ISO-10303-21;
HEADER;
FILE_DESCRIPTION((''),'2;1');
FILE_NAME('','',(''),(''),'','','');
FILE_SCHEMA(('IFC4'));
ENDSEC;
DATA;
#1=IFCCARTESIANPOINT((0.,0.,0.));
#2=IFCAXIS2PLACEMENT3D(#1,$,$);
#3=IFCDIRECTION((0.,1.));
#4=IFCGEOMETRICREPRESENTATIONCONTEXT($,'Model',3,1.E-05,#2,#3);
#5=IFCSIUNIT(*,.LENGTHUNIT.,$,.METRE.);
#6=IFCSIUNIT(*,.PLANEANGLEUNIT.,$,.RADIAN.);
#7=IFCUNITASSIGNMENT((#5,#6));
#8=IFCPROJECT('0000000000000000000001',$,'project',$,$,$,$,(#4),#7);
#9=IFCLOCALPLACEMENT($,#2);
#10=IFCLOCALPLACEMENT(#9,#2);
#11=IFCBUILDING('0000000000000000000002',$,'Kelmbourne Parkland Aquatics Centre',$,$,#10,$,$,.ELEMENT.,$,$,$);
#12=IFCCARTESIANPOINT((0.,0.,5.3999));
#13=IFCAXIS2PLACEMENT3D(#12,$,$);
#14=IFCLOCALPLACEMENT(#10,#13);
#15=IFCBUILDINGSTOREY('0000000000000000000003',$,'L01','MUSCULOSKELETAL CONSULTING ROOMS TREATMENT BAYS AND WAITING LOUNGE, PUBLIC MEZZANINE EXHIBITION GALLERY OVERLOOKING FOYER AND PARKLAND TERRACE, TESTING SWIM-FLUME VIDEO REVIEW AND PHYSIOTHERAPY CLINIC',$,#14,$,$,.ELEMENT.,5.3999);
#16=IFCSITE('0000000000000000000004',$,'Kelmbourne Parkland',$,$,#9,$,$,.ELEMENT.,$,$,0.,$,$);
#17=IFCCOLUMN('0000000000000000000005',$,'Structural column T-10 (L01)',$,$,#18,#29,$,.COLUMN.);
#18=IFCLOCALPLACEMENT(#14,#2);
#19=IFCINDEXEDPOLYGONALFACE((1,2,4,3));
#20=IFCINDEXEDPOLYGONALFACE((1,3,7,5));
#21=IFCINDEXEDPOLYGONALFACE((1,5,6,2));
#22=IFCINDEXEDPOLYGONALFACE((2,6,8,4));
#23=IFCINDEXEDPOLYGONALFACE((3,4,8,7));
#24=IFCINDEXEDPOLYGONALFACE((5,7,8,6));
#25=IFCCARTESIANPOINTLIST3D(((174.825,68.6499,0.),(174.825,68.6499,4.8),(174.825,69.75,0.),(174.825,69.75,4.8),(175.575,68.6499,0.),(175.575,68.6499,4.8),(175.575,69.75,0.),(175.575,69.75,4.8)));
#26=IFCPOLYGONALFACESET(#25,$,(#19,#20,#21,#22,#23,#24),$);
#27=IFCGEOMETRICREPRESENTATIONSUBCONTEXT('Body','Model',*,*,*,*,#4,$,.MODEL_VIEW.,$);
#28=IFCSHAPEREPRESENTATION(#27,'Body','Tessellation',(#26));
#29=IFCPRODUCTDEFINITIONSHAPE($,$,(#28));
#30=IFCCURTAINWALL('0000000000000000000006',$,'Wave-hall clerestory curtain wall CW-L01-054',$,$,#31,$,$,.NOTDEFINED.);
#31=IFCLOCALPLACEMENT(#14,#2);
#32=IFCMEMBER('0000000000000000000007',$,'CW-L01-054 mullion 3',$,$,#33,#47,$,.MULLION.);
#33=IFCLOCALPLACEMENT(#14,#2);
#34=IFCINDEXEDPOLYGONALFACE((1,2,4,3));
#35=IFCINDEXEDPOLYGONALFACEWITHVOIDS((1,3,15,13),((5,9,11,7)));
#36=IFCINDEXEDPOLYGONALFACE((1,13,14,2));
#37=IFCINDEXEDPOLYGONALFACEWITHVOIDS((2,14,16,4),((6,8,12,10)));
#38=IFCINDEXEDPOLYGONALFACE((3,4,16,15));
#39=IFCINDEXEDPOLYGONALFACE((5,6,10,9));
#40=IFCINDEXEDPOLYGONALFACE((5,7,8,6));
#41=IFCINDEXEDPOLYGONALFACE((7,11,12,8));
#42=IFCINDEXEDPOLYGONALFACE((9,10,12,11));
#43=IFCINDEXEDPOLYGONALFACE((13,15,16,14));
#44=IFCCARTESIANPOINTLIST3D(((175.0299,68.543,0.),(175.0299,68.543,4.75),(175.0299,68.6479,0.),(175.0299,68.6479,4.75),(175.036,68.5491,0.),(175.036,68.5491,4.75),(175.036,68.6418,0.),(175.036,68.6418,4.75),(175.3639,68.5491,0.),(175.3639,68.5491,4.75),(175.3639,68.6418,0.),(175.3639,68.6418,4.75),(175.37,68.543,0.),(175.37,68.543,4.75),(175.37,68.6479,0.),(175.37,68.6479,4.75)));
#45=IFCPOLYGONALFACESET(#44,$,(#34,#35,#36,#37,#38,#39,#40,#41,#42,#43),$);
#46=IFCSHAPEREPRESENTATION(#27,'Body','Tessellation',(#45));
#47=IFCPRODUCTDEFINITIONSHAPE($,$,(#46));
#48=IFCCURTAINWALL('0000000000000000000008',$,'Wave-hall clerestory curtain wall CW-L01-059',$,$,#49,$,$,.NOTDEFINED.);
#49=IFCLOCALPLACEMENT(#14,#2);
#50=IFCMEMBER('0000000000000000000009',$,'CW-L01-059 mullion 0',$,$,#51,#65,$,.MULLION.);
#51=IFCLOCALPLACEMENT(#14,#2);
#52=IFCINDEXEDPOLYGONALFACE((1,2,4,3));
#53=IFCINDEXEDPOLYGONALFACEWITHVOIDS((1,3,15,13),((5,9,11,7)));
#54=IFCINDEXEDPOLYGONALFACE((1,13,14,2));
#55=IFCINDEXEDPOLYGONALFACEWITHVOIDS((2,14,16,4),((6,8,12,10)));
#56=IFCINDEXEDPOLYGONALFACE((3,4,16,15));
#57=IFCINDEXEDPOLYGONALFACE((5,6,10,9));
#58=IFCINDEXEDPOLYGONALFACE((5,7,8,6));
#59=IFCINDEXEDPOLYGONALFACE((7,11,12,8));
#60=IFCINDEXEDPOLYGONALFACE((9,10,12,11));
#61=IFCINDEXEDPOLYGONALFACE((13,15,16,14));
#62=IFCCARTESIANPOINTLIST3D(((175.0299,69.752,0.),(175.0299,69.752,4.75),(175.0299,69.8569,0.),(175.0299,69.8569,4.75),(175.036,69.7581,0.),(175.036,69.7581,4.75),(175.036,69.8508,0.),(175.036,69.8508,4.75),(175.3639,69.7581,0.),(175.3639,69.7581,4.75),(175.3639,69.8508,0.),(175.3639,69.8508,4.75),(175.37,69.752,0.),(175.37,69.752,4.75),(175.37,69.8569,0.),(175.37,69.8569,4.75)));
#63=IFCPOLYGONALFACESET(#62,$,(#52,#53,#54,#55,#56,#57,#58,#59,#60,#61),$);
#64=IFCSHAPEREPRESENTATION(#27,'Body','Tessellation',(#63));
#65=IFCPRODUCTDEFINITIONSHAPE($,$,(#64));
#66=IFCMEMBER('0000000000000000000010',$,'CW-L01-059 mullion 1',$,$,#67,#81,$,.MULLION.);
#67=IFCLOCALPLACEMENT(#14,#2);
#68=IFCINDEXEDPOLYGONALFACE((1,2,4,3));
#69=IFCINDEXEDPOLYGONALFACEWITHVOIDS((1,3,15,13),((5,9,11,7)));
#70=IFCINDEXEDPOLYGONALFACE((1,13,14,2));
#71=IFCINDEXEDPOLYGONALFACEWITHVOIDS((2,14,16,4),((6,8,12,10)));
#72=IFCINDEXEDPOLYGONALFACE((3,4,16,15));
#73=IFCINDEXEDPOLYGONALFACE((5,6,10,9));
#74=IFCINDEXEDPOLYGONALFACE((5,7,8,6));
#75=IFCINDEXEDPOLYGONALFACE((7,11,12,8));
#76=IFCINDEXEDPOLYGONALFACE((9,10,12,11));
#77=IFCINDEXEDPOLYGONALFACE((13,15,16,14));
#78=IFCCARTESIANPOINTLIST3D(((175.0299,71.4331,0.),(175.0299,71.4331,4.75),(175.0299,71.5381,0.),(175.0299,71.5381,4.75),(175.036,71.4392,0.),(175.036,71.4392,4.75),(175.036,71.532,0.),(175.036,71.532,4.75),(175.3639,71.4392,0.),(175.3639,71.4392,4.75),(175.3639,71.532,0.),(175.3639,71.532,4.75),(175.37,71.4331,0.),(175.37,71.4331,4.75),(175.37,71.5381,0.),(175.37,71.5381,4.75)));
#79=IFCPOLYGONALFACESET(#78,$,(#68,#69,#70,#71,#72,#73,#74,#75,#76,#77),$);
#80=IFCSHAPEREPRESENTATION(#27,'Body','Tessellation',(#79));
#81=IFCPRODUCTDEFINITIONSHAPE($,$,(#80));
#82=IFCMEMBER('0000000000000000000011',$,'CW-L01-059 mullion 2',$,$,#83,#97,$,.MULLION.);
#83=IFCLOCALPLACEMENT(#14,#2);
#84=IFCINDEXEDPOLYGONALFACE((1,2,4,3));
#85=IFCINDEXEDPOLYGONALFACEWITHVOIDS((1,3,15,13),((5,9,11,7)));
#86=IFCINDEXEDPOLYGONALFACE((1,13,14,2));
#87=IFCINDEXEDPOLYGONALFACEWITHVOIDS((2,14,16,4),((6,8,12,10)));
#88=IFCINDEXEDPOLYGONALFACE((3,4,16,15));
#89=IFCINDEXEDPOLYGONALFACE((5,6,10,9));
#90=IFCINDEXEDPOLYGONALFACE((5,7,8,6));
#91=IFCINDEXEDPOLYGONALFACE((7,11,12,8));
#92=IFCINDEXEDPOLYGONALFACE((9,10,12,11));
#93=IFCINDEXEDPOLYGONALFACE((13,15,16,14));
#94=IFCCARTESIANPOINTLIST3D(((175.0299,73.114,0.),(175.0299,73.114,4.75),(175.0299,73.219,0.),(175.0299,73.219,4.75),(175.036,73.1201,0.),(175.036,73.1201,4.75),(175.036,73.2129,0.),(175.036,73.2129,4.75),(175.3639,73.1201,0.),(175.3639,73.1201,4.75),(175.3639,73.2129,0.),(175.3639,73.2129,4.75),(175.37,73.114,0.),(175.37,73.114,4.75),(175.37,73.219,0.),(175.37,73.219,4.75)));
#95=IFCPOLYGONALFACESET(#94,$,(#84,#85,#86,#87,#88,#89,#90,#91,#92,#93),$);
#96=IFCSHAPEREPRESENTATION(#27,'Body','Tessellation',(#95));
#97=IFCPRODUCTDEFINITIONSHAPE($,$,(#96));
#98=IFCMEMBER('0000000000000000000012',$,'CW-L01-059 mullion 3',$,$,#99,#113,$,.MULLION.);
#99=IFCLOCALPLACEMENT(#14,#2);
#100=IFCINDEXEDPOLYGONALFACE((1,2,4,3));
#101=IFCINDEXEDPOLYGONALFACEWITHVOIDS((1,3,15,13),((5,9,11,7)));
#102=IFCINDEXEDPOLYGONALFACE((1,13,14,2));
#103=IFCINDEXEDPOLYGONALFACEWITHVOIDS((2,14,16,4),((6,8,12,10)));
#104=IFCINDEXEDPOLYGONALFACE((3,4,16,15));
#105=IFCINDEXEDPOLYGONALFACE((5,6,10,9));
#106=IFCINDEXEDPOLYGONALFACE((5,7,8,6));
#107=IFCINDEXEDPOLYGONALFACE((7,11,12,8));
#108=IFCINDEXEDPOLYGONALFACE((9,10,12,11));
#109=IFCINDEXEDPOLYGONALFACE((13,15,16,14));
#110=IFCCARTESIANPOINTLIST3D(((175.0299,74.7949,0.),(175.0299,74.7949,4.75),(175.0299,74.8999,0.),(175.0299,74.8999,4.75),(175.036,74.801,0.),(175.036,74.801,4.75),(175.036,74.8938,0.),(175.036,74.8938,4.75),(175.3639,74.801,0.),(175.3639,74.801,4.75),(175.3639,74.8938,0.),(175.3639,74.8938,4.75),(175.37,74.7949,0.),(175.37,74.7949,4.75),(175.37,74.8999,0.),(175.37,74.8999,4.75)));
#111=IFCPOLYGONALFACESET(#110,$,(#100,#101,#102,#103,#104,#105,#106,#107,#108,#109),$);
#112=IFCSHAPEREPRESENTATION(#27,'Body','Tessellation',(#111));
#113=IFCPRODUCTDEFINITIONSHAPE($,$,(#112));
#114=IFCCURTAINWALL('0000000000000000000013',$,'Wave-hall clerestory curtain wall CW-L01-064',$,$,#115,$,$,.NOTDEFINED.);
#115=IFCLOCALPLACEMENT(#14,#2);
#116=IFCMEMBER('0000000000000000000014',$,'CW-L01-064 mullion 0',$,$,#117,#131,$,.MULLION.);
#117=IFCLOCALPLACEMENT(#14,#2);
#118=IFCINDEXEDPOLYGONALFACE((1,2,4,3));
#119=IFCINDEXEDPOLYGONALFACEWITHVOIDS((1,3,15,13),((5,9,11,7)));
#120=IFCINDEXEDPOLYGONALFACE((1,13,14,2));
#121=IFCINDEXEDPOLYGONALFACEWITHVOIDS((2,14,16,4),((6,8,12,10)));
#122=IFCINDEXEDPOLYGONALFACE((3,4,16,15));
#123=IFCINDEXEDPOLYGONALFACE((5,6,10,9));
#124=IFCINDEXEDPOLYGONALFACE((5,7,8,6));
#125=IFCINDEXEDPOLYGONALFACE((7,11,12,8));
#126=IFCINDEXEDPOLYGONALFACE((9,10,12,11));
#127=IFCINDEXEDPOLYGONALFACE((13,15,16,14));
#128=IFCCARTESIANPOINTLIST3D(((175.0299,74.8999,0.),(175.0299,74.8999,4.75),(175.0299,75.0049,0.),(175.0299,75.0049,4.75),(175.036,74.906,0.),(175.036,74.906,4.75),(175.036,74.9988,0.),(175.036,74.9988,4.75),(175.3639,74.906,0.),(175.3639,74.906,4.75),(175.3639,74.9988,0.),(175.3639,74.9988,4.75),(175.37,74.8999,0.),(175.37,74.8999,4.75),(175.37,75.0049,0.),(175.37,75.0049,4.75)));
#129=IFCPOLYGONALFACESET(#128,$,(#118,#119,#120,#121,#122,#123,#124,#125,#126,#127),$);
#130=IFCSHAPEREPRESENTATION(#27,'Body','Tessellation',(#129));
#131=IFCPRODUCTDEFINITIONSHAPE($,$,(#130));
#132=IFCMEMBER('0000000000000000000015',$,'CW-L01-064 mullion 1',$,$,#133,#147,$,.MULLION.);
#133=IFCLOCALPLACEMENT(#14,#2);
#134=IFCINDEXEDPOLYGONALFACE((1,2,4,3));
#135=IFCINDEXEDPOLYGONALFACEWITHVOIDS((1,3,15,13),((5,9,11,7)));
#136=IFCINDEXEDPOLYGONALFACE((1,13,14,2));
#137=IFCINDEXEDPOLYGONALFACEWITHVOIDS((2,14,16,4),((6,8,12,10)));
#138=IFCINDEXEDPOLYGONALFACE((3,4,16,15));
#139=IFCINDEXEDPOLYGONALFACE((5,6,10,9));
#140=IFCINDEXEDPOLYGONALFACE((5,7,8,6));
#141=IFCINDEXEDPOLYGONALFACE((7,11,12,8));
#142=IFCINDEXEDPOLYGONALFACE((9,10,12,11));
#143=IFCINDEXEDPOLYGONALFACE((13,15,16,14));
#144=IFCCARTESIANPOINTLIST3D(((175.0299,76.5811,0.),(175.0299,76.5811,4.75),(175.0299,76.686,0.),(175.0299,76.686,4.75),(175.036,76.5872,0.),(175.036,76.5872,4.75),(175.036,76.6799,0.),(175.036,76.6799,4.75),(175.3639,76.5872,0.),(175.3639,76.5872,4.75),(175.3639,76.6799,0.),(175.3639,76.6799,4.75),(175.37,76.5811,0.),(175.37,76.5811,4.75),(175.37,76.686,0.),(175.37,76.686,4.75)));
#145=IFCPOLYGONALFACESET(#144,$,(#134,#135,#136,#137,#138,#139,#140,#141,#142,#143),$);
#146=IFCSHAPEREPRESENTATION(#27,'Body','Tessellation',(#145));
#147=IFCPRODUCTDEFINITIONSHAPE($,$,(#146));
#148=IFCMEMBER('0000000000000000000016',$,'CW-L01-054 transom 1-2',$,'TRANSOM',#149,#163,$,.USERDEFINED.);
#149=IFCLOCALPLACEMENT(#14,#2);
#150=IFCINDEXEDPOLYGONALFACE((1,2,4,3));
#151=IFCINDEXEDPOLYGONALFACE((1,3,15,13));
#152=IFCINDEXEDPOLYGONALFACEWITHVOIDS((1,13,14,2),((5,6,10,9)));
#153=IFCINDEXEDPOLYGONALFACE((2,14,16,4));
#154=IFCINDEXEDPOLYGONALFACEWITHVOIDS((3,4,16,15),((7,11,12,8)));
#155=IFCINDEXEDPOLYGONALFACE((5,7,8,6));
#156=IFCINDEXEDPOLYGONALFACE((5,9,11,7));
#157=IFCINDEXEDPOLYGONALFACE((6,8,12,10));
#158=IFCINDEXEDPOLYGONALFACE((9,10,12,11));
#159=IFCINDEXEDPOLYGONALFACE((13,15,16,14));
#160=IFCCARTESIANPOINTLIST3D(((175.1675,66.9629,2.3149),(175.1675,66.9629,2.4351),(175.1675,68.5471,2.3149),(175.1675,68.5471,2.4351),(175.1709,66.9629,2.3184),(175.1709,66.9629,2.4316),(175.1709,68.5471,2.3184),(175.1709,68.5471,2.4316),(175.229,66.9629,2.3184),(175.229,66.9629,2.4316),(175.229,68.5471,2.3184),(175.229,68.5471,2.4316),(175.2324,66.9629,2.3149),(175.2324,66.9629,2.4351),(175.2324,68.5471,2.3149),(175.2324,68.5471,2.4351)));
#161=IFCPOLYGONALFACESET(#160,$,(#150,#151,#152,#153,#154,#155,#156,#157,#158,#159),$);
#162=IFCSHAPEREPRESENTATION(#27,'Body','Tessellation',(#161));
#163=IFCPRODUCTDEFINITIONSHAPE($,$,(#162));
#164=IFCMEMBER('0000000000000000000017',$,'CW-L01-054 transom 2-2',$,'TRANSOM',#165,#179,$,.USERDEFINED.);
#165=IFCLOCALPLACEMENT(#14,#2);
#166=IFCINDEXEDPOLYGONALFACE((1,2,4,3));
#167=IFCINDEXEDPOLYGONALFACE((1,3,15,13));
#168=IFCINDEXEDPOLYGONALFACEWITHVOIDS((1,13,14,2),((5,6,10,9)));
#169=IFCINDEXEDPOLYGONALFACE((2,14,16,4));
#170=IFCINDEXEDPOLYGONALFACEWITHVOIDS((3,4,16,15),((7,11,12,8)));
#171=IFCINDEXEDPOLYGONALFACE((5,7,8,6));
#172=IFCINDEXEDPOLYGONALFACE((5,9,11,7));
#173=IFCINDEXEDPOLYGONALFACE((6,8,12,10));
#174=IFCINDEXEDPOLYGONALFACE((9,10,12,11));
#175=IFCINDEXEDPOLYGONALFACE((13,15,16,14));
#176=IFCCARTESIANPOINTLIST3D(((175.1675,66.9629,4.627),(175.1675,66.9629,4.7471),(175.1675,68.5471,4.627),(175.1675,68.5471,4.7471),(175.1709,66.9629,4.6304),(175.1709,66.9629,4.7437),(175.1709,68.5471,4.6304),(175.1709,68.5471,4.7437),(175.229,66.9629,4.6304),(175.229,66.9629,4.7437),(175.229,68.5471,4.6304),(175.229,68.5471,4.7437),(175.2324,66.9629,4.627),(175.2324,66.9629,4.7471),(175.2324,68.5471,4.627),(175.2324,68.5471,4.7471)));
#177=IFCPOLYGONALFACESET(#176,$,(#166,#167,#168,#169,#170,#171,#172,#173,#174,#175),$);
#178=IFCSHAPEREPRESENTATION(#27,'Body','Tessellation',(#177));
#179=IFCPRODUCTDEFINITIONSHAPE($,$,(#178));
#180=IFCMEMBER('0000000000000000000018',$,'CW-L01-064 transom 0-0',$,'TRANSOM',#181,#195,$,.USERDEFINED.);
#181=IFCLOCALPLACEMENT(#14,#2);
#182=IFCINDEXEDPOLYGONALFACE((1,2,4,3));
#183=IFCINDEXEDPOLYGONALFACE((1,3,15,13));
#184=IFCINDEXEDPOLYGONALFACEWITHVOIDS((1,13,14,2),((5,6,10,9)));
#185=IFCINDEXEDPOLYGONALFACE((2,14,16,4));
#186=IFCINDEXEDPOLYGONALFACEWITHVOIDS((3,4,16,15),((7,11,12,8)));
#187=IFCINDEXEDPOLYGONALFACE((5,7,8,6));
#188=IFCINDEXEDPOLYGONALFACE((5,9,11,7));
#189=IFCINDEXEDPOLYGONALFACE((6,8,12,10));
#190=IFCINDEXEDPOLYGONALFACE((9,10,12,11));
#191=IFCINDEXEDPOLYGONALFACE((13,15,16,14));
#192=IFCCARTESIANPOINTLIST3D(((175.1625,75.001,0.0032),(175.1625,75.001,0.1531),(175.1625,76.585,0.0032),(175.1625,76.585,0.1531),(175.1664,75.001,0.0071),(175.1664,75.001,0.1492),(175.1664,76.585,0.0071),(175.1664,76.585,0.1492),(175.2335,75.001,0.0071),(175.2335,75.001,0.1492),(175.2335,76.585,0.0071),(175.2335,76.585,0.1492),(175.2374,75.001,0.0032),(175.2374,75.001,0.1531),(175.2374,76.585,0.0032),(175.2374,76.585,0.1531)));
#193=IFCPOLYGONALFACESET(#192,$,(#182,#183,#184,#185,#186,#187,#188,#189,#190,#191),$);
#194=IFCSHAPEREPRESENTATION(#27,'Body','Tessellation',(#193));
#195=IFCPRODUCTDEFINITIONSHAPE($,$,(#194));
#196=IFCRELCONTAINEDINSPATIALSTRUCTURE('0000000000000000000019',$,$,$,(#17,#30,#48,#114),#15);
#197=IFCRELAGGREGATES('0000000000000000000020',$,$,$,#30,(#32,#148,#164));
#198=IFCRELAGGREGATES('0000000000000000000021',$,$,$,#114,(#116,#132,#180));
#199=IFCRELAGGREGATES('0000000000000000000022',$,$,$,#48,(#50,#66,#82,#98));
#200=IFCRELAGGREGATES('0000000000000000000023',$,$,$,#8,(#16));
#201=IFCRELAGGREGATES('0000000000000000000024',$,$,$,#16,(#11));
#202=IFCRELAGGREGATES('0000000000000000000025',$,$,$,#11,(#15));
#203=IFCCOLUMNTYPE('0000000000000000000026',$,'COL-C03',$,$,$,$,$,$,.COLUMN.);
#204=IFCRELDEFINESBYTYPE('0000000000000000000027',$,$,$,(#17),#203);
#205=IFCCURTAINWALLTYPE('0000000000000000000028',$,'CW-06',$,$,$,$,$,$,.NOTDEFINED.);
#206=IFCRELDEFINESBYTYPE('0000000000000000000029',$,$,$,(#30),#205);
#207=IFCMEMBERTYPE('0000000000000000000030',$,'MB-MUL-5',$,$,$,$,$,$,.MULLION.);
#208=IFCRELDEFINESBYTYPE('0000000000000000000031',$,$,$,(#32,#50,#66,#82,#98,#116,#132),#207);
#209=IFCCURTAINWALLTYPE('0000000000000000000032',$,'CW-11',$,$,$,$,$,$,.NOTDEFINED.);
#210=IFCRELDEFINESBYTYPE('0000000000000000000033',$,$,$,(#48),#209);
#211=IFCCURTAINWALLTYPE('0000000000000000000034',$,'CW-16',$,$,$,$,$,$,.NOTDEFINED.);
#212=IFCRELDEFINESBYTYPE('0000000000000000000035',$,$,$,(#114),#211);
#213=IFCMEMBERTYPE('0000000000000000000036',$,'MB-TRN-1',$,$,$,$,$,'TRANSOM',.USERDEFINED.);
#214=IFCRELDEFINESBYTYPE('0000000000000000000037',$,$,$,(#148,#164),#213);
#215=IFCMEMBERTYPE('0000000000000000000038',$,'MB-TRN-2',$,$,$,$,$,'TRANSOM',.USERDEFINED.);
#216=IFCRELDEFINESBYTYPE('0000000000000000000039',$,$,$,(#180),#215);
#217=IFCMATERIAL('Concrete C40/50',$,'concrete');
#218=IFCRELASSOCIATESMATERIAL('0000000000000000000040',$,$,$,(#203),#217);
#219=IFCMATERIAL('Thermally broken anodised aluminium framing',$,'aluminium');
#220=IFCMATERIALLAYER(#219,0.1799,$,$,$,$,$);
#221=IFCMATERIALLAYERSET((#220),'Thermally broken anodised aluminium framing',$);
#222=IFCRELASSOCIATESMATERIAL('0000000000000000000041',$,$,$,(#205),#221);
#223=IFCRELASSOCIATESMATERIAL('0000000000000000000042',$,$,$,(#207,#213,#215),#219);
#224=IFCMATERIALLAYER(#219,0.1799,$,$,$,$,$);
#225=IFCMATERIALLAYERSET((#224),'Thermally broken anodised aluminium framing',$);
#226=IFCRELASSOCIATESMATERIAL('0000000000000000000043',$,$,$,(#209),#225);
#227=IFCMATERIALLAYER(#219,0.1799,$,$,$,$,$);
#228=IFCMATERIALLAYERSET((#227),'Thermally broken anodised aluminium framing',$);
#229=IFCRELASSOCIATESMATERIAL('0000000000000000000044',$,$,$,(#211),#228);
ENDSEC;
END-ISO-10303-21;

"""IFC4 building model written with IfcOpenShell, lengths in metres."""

from ifc_helpers import new_model, si_unit, direction, frame, origin, origin_2d, place, context, subcontext, project, spatial, rectangle, hollow_rectangle, extrude, material, layer, layer_set, material_profile, profile_set, type_object, element, aggregate, save


model = new_model("IFC4")

# Units and contexts
model_context = context("Model", 3, precision=1e-05, world=origin(), true_north=direction((0.0, 1.0)))
body_context = subcontext(model_context, "Body", "Model", "MODEL_VIEW")
ifc_project = project(units=[si_unit("LENGTHUNIT", "METRE"), si_unit("PLANEANGLEUNIT", "RADIAN")], contexts=[model_context])

# Site, building, storey
site_placement = place(None, origin())
site = spatial("IfcSite", under=ifc_project, at=site_placement, Name="Kelmbourne Parkland", CompositionType="ELEMENT", RefElevation=0.0)
building_placement = place(site_placement, origin())
building = spatial("IfcBuilding", under=site, at=building_placement, Name="Kelmbourne Parkland Aquatics Centre", CompositionType="ELEMENT")
storey_placement = place(building_placement, frame((0.0, 0.0, 5.3999)))
storey = spatial("IfcBuildingStorey", under=building, at=storey_placement, Name="L01", Description="MUSCULOSKELETAL CONSULTING ROOMS TREATMENT BAYS AND WAITING LOUNGE, PUBLIC MEZZANINE EXHIBITION GALLERY OVERLOOKING FOYER AND PARKLAND TERRACE, TESTING SWIM-FLUME VIDEO REVIEW AND PHYSIOTHERAPY CLINIC", CompositionType="ELEMENT", Elevation=5.3999)

# Column
ifc_material_1 = material(Name="Concrete C40/50", Category="concrete")
ifc_material_profile_1 = material_profile(ifc_material_1, rectangle(XDim=0.75, YDim=1.1001, at=origin_2d()), Name="RC 750x1100")
ifc_profile_set_1 = profile_set([ifc_material_profile_1], Name="Concrete C40/50")
column_type = type_object("IfcColumnType", Name="COL-C03", PredefinedType="COLUMN", material=ifc_profile_set_1)
column_placement = place(storey_placement, frame((175.2, 69.2, 0.0), z_axis=(0.0, 0.0, 1.0), x_axis=(1.0, 0.0, 0.0)))
element("IfcColumn", 1, at=column_placement, inside=storey, type_object=column_type, Name="Structural column T-10 (L01)", PredefinedType="COLUMN", context=body_context, shape_type="SweptSolid", body=[
    extrude(rectangle(XDim=0.75, YDim=1.1001, at=origin_2d()), origin(), (0.0, 0.0, 1.0), 4.8),
])

# Curtain wall, member
ifc_material_2 = material(Name="Thermally broken anodised aluminium framing", Category="aluminium")
ifc_layer_1 = layer(ifc_material_2, 0.1799)
ifc_layer_set_1 = layer_set([ifc_layer_1], Name="Thermally broken anodised aluminium framing")
curtain_wall_type_1 = type_object("IfcCurtainWallType", Name="CW-06", PredefinedType="NOTDEFINED", material=ifc_layer_set_1)
curtain_wall_1_placement = place(storey_placement, origin())
curtain_wall_1 = element("IfcCurtainWall", 2, at=curtain_wall_1_placement, inside=storey, type_object=curtain_wall_type_1, Name="Wave-hall clerestory curtain wall CW-L01-054", PredefinedType="NOTDEFINED")
ifc_material_profile_2 = material_profile(ifc_material_2, hollow_rectangle(XDim=0.105, YDim=0.3401, WallThickness=0.0061, at=origin_2d()), Name="CW-M 105x340")
ifc_profile_set_2 = profile_set([ifc_material_profile_2], Name="Thermally broken anodised aluminium framing")
member_type_1 = type_object("IfcMemberType", Name="MB-MUL-5", PredefinedType="MULLION", material=ifc_profile_set_2)
member_1_placement = place(storey_placement, frame((175.2, 68.5955, 0.0), z_axis=(0.0, 0.0, 1.0), x_axis=(0.0, 1.0, 0.0)))
member_1 = element("IfcMember", 3, at=member_1_placement, type_object=member_type_1, Name="CW-L01-054 mullion 3", PredefinedType="MULLION", context=body_context, shape_type="SweptSolid", body=[
    extrude(hollow_rectangle(XDim=0.105, YDim=0.3401, WallThickness=0.0061, at=origin_2d()), origin(), (0.0, 0.0, 1.0), 4.75),
])

# Curtain walls, members
ifc_layer_2 = layer(ifc_material_2, 0.1799)
ifc_layer_set_2 = layer_set([ifc_layer_2], Name="Thermally broken anodised aluminium framing")
curtain_wall_type_2 = type_object("IfcCurtainWallType", Name="CW-11", PredefinedType="NOTDEFINED", material=ifc_layer_set_2)
curtain_wall_2_placement = place(storey_placement, origin())
curtain_wall_2 = element("IfcCurtainWall", 4, at=curtain_wall_2_placement, inside=storey, type_object=curtain_wall_type_2, Name="Wave-hall clerestory curtain wall CW-L01-059", PredefinedType="NOTDEFINED")
member_2_placement = place(storey_placement, frame((175.2, 69.8044, 0.0), z_axis=(0.0, 0.0, 1.0), x_axis=(0.0, 1.0, 0.0)))
member_2 = element("IfcMember", 5, at=member_2_placement, type_object=member_type_1, Name="CW-L01-059 mullion 0", PredefinedType="MULLION", context=body_context, shape_type="SweptSolid", body=[
    extrude(hollow_rectangle(XDim=0.105, YDim=0.3401, WallThickness=0.0061, at=origin_2d()), origin(), (0.0, 0.0, 1.0), 4.75),
])
member_3_placement = place(storey_placement, frame((175.2, 71.4856, 0.0), z_axis=(0.0, 0.0, 1.0), x_axis=(0.0, 1.0, 0.0)))
member_3 = element("IfcMember", 6, at=member_3_placement, type_object=member_type_1, Name="CW-L01-059 mullion 1", PredefinedType="MULLION", context=body_context, shape_type="SweptSolid", body=[
    extrude(hollow_rectangle(XDim=0.105, YDim=0.3401, WallThickness=0.0061, at=origin_2d()), origin(), (0.0, 0.0, 1.0), 4.75),
])
member_4_placement = place(storey_placement, frame((175.2, 73.1665, 0.0), z_axis=(0.0, 0.0, 1.0), x_axis=(0.0, 1.0, 0.0)))
member_4 = element("IfcMember", 7, at=member_4_placement, type_object=member_type_1, Name="CW-L01-059 mullion 2", PredefinedType="MULLION", context=body_context, shape_type="SweptSolid", body=[
    extrude(hollow_rectangle(XDim=0.105, YDim=0.3401, WallThickness=0.0061, at=origin_2d()), origin(), (0.0, 0.0, 1.0), 4.75),
])
member_5_placement = place(storey_placement, frame((175.2, 74.8474, 0.0), z_axis=(0.0, 0.0, 1.0), x_axis=(0.0, 1.0, 0.0)))
member_5 = element("IfcMember", 8, at=member_5_placement, type_object=member_type_1, Name="CW-L01-059 mullion 3", PredefinedType="MULLION", context=body_context, shape_type="SweptSolid", body=[
    extrude(hollow_rectangle(XDim=0.105, YDim=0.3401, WallThickness=0.0061, at=origin_2d()), origin(), (0.0, 0.0, 1.0), 4.75),
])
ifc_layer_3 = layer(ifc_material_2, 0.1799)
ifc_layer_set_3 = layer_set([ifc_layer_3], Name="Thermally broken anodised aluminium framing")
curtain_wall_type_3 = type_object("IfcCurtainWallType", Name="CW-16", PredefinedType="NOTDEFINED", material=ifc_layer_set_3)
curtain_wall_3_placement = place(storey_placement, origin())
curtain_wall_3 = element("IfcCurtainWall", 9, at=curtain_wall_3_placement, inside=storey, type_object=curtain_wall_type_3, Name="Wave-hall clerestory curtain wall CW-L01-064", PredefinedType="NOTDEFINED")
member_6_placement = place(storey_placement, frame((175.2, 74.9524, 0.0), z_axis=(0.0, 0.0, 1.0), x_axis=(0.0, 1.0, 0.0)))
member_6 = element("IfcMember", 10, at=member_6_placement, type_object=member_type_1, Name="CW-L01-064 mullion 0", PredefinedType="MULLION", context=body_context, shape_type="SweptSolid", body=[
    extrude(hollow_rectangle(XDim=0.105, YDim=0.3401, WallThickness=0.0061, at=origin_2d()), origin(), (0.0, 0.0, 1.0), 4.75),
])
member_7_placement = place(storey_placement, frame((175.2, 76.6335, 0.0), z_axis=(0.0, 0.0, 1.0), x_axis=(0.0, 1.0, 0.0)))
member_7 = element("IfcMember", 11, at=member_7_placement, type_object=member_type_1, Name="CW-L01-064 mullion 1", PredefinedType="MULLION", context=body_context, shape_type="SweptSolid", body=[
    extrude(hollow_rectangle(XDim=0.105, YDim=0.3401, WallThickness=0.0061, at=origin_2d()), origin(), (0.0, 0.0, 1.0), 4.75),
])

# Members
ifc_material_profile_3 = material_profile(ifc_material_2, hollow_rectangle(XDim=0.0649, YDim=0.1201, WallThickness=0.0034, at=origin_2d()), Name="CW-T 65x120")
ifc_profile_set_3 = profile_set([ifc_material_profile_3], Name="Thermally broken anodised aluminium framing")
member_type_2 = type_object("IfcMemberType", Name="MB-TRN-1", ElementType="TRANSOM", PredefinedType="USERDEFINED", material=ifc_profile_set_3)
member_8_placement = place(storey_placement, frame((175.2, 66.9629, 2.375), z_axis=(0.0, 1.0, 0.0), x_axis=(-1.0, 0.0, 0.0)))
member_8 = element("IfcMember", 12, at=member_8_placement, type_object=member_type_2, Name="CW-L01-054 transom 1-2", ObjectType="TRANSOM", PredefinedType="USERDEFINED", context=body_context, shape_type="SweptSolid", body=[
    extrude(hollow_rectangle(XDim=0.0649, YDim=0.1201, WallThickness=0.0034, at=origin_2d()), origin(), (0.0, 0.0, 1.0), 1.5842),
])
member_9_placement = place(storey_placement, frame((175.2, 66.9629, 4.687), z_axis=(0.0, 1.0, 0.0), x_axis=(-1.0, 0.0, 0.0)))
member_9 = element("IfcMember", 13, at=member_9_placement, type_object=member_type_2, Name="CW-L01-054 transom 2-2", ObjectType="TRANSOM", PredefinedType="USERDEFINED", context=body_context, shape_type="SweptSolid", body=[
    extrude(hollow_rectangle(XDim=0.0649, YDim=0.1201, WallThickness=0.0034, at=origin_2d()), origin(), (0.0, 0.0, 1.0), 1.5842),
])
ifc_material_profile_4 = material_profile(ifc_material_2, hollow_rectangle(XDim=0.075, YDim=0.1499, WallThickness=0.0039, at=origin_2d()), Name="CW-T 75x150")
ifc_profile_set_4 = profile_set([ifc_material_profile_4], Name="Thermally broken anodised aluminium framing")
member_type_3 = type_object("IfcMemberType", Name="MB-TRN-2", ElementType="TRANSOM", PredefinedType="USERDEFINED", material=ifc_profile_set_4)
member_10_placement = place(storey_placement, frame((175.2, 75.001, 0.0781), z_axis=(0.0, 1.0, 0.0), x_axis=(-1.0, 0.0, 0.0)))
member_10 = element("IfcMember", 14, at=member_10_placement, type_object=member_type_3, Name="CW-L01-064 transom 0-0", ObjectType="TRANSOM", PredefinedType="USERDEFINED", context=body_context, shape_type="SweptSolid", body=[
    extrude(hollow_rectangle(XDim=0.075, YDim=0.1499, WallThickness=0.0039, at=origin_2d()), origin(), (0.0, 0.0, 1.0), 1.584),
])

aggregate(curtain_wall_1, [member_1, member_8, member_9])
aggregate(curtain_wall_3, [member_6, member_7, member_10])
aggregate(curtain_wall_2, [member_2, member_3, member_4, member_5])

save(model, "model.ifc")
